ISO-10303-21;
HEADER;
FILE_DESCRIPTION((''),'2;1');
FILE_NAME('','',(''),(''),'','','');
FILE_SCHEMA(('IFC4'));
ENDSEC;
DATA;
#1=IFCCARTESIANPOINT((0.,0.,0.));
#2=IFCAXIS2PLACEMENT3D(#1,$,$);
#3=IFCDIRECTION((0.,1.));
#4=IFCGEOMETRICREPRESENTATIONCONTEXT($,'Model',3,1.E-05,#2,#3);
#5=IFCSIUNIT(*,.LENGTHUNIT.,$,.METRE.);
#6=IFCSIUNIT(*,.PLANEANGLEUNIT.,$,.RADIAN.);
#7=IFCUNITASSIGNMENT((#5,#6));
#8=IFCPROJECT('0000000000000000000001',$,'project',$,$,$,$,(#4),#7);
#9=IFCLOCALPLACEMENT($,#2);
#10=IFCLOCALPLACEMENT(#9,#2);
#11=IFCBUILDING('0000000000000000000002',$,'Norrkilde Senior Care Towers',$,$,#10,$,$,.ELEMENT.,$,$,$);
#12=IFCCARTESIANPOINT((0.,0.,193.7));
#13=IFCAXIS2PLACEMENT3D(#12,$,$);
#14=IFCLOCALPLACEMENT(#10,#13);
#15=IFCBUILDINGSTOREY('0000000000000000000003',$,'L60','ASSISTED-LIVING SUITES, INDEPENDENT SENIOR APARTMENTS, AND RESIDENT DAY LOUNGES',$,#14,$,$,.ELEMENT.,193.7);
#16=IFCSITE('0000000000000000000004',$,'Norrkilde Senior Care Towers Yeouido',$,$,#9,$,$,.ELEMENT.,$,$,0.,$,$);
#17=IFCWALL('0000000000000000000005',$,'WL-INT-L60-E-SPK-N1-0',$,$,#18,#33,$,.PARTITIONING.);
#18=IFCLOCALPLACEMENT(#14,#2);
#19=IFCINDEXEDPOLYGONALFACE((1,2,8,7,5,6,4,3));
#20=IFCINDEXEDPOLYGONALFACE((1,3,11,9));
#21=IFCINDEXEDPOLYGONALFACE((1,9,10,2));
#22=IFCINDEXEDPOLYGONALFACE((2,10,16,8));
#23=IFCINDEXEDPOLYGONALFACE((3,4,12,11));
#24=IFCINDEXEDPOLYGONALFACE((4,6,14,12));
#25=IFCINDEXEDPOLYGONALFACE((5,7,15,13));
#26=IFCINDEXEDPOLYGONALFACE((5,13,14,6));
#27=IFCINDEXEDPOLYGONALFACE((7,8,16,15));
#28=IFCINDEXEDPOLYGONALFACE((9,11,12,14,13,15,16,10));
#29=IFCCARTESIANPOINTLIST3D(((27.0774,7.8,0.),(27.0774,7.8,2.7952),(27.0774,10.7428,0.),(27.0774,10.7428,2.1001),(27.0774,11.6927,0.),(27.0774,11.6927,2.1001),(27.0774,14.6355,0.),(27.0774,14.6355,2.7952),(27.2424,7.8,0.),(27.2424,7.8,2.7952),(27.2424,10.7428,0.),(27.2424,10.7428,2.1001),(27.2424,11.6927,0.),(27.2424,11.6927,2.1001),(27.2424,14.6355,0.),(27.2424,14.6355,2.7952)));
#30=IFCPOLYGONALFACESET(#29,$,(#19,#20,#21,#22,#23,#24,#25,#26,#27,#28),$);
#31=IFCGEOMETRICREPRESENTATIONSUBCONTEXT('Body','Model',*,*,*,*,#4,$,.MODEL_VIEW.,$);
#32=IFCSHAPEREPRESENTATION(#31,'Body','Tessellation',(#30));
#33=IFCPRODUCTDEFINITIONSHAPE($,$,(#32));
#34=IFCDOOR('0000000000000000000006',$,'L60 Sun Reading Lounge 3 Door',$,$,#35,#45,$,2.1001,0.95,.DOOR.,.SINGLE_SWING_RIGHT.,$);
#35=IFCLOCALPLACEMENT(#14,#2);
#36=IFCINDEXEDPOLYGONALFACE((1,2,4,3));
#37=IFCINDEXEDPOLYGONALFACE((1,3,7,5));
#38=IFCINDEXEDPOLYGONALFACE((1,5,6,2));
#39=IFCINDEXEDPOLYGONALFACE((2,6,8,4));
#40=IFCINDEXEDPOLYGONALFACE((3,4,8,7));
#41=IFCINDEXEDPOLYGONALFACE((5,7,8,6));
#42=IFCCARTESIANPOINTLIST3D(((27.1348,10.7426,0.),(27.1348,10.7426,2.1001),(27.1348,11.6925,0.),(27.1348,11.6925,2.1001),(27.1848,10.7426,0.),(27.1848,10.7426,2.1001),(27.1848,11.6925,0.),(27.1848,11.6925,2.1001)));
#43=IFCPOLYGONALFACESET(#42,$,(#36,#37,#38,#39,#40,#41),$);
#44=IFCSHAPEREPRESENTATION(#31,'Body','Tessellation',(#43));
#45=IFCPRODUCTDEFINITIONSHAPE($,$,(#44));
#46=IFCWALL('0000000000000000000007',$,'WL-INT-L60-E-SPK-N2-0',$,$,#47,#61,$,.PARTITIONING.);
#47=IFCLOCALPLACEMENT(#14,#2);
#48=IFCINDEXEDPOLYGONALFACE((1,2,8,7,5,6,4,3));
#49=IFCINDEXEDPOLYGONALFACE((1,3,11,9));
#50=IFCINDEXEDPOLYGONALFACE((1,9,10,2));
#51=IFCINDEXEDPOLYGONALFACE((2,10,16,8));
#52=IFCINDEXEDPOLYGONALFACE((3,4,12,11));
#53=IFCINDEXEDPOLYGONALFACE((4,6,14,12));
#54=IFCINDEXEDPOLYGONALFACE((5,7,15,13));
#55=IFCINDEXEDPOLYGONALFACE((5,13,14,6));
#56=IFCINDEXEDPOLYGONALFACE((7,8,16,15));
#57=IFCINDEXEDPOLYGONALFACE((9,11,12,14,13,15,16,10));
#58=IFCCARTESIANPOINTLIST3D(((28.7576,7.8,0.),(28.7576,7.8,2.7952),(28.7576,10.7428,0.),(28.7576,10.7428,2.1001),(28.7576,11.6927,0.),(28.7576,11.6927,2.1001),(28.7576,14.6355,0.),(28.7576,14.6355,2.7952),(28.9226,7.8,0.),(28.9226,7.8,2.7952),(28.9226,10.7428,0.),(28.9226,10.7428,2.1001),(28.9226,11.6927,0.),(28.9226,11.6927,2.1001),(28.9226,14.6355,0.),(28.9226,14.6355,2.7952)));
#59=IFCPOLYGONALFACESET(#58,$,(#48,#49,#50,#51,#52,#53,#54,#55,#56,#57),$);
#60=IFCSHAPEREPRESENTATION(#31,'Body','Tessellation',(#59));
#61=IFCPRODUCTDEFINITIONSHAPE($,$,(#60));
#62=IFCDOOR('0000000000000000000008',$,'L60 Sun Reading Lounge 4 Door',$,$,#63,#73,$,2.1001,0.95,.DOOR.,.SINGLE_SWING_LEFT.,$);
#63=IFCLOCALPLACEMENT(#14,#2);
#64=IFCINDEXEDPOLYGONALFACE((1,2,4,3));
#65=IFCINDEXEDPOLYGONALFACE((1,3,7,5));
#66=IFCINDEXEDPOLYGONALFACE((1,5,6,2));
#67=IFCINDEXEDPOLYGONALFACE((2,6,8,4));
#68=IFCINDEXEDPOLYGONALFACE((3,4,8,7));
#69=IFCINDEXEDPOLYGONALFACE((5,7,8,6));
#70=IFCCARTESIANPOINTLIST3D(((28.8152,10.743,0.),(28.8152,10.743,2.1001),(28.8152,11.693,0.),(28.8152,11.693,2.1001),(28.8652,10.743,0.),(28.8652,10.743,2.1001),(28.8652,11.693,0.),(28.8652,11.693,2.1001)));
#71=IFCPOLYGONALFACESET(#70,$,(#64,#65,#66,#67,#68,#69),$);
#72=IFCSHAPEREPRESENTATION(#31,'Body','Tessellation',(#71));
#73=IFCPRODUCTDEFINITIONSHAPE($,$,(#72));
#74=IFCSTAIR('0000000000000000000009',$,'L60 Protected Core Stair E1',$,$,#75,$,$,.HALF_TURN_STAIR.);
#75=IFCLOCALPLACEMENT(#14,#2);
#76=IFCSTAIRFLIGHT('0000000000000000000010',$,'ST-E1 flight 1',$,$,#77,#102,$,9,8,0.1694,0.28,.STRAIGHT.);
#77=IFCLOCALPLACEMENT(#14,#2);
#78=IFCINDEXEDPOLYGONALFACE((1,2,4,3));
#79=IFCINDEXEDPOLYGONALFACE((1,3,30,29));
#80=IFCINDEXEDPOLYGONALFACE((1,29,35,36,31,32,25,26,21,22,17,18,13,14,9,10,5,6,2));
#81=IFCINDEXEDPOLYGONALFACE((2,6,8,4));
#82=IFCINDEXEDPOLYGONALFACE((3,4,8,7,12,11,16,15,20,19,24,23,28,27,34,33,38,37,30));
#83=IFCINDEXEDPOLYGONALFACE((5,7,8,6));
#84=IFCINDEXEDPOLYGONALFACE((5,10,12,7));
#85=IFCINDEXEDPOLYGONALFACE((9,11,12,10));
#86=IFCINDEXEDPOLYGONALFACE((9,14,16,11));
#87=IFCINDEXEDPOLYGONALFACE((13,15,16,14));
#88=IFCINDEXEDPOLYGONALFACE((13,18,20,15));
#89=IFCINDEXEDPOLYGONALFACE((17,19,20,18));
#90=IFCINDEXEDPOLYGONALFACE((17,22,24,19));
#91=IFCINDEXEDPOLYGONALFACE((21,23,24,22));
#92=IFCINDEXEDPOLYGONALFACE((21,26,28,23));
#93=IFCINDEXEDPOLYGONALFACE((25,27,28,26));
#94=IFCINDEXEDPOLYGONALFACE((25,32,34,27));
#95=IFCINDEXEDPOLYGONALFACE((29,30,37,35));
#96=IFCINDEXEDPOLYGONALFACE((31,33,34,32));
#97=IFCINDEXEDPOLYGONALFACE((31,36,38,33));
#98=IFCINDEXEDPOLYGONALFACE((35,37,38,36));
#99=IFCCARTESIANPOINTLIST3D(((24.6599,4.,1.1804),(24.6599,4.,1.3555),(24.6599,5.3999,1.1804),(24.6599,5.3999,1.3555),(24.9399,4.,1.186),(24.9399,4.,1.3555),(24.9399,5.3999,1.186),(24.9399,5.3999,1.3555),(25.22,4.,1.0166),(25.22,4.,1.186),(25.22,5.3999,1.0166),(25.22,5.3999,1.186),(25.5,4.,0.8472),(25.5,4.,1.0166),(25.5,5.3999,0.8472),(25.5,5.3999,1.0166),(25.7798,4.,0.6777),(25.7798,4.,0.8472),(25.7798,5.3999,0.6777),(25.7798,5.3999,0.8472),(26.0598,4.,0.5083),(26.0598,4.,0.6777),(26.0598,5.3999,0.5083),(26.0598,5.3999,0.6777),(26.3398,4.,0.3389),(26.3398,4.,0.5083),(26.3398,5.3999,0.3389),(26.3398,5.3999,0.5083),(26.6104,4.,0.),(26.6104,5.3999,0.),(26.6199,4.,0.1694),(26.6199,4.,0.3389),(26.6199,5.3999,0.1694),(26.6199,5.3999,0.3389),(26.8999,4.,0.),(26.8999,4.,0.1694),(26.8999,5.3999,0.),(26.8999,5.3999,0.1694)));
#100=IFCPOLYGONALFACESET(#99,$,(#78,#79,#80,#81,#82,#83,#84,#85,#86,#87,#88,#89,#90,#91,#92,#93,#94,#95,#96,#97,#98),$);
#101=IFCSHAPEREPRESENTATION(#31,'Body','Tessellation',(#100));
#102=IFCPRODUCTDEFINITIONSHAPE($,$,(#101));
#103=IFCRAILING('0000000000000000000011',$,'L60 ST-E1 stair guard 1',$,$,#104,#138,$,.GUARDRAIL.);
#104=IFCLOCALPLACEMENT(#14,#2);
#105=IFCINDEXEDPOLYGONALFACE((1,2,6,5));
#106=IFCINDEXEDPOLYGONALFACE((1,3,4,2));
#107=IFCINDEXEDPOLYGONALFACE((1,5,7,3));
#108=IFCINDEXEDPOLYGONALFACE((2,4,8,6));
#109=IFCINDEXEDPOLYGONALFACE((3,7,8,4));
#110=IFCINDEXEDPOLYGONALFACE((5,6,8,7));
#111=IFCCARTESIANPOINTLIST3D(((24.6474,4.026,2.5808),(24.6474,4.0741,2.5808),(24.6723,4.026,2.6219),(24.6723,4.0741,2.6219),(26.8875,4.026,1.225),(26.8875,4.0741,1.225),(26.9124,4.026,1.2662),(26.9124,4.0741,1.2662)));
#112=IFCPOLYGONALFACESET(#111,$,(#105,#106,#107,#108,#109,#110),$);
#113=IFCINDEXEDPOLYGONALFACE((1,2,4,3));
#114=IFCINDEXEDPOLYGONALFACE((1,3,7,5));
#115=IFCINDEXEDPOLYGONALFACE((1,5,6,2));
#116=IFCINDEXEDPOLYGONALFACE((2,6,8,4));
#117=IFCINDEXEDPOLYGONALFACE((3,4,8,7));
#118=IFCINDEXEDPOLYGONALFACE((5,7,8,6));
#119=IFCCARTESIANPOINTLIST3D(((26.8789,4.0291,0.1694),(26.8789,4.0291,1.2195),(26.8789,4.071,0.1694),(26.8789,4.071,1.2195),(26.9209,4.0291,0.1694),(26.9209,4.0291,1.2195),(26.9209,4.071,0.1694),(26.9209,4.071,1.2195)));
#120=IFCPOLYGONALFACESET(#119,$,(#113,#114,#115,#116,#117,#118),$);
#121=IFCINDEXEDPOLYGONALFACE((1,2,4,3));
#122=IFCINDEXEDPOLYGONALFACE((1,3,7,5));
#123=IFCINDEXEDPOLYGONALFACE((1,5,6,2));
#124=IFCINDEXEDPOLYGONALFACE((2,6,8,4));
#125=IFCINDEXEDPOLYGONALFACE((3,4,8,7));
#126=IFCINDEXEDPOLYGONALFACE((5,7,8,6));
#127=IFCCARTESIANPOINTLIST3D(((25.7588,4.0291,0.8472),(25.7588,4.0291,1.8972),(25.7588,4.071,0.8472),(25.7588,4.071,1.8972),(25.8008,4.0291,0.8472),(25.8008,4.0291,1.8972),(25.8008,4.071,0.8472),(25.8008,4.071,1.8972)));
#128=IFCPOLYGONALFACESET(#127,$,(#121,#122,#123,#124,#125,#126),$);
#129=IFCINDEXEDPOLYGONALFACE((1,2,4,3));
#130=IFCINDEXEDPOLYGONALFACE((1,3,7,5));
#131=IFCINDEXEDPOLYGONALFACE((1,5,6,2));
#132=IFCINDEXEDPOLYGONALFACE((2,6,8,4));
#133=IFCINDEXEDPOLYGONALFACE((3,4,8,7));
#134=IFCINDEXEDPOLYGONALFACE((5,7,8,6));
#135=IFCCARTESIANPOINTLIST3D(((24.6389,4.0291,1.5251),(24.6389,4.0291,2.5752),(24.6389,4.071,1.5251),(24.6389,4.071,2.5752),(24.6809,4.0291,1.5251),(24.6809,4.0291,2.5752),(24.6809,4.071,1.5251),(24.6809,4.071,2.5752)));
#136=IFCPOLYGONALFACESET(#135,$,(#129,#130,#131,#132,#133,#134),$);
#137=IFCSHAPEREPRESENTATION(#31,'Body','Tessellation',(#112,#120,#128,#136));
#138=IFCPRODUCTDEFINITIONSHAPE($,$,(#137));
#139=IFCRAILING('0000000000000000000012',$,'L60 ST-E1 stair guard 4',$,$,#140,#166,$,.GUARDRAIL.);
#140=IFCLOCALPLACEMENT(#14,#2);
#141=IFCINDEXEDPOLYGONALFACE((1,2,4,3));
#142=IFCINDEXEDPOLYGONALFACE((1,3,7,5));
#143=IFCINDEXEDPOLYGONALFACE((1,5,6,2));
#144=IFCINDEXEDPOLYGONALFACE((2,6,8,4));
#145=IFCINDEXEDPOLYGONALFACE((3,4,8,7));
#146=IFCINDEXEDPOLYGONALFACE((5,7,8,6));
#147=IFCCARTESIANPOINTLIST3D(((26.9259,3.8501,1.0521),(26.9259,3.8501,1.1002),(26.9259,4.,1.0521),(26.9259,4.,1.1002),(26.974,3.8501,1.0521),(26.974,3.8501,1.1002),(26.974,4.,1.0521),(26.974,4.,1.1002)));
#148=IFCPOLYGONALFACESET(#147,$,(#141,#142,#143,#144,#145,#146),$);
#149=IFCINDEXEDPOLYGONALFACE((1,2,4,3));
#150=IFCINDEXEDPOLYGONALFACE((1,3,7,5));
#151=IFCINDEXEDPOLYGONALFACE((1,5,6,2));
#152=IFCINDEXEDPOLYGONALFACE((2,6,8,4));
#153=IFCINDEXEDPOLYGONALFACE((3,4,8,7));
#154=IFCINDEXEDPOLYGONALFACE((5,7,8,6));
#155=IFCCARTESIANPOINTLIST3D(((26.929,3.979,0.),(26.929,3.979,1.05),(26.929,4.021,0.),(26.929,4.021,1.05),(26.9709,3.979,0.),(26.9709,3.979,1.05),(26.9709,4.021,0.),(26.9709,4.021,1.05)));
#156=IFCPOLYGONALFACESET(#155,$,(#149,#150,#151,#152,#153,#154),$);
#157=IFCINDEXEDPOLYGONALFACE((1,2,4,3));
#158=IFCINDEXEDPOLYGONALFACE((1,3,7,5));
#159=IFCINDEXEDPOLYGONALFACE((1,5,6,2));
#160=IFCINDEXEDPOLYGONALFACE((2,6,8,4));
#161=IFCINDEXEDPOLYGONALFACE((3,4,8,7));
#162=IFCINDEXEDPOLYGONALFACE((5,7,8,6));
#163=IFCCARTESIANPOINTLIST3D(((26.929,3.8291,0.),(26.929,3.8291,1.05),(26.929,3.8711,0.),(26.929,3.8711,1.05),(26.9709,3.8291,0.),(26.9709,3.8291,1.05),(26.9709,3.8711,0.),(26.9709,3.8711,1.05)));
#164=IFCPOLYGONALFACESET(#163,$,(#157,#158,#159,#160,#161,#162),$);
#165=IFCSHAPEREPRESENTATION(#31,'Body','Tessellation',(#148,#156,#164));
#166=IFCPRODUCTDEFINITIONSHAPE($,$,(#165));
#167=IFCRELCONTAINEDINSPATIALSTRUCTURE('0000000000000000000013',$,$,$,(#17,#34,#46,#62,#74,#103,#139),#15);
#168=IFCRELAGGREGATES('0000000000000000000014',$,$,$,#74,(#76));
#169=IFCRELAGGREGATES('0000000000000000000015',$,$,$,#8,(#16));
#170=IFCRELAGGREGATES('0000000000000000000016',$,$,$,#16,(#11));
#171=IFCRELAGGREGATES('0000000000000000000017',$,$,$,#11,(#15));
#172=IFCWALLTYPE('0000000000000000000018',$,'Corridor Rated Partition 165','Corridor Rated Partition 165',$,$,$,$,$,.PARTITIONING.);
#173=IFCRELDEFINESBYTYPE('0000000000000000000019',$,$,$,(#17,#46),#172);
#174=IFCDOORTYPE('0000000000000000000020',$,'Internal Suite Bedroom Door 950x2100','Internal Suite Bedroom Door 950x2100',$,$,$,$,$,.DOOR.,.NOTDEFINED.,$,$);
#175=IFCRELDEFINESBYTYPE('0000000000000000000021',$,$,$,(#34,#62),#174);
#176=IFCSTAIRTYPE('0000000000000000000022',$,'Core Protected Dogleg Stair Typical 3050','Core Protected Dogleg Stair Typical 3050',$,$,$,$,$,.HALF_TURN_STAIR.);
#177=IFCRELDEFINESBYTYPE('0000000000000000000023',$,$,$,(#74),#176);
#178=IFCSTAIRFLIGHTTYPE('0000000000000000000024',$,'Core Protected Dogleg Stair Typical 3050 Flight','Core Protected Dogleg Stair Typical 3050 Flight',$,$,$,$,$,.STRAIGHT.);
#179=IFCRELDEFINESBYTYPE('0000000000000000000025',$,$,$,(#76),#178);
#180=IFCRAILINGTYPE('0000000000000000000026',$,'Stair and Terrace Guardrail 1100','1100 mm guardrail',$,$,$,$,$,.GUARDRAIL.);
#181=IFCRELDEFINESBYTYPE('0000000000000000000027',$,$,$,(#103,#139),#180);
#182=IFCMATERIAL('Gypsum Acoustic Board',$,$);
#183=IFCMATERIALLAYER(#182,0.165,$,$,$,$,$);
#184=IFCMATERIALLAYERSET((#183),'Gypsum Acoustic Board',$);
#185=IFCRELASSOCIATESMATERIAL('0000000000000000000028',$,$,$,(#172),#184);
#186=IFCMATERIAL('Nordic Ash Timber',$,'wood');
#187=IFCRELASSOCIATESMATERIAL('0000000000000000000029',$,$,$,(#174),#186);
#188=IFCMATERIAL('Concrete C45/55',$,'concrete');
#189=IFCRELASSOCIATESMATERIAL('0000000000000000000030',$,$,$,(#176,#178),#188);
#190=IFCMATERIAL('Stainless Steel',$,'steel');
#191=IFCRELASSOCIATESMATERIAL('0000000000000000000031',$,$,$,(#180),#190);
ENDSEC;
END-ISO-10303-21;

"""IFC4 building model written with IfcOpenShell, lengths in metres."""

from ifc_helpers import new_model, si_unit, direction, frame, frame_2d, origin, origin_2d, place, context, subcontext, project, spatial, polyline, rectangle, outline, extrude, source, transform, mapped, material, layer, layer_set, type_object, type_shapes, element, fill, aggregate, save


model = new_model("IFC4")

# Units and contexts
model_context = context("Model", 3, precision=1e-05, world=origin(), true_north=direction((0.0, 1.0)))
body_context = subcontext(model_context, "Body", "Model", "MODEL_VIEW")
ifc_project = project(units=[si_unit("LENGTHUNIT", "METRE"), si_unit("PLANEANGLEUNIT", "RADIAN")], contexts=[model_context])

# Site, building, storey
site_placement = place(None, origin())
site = spatial("IfcSite", under=ifc_project, at=site_placement, Name="Norrkilde Senior Care Towers Yeouido", CompositionType="ELEMENT", RefElevation=0.0)
building_placement = place(site_placement, origin())
building = spatial("IfcBuilding", under=site, at=building_placement, Name="Norrkilde Senior Care Towers", CompositionType="ELEMENT")
storey_placement = place(building_placement, frame((0.0, 0.0, 193.7)))
storey = spatial("IfcBuildingStorey", under=building, at=storey_placement, Name="L60", Description="ASSISTED-LIVING SUITES, INDEPENDENT SENIOR APARTMENTS, AND RESIDENT DAY LOUNGES", CompositionType="ELEMENT", Elevation=193.7)

# Shared definitions
ifc_material_1 = material(Name="Concrete C45/55", Category="concrete")
ifc_material_2 = material(Name="Stainless Steel", Category="steel")

# Shared definitions
ifc_material_3 = material(Name="Gypsum Acoustic Board")

# Shared definitions
ifc_layer_1 = layer(ifc_material_3, 0.165)
ifc_layer_set_1 = layer_set([ifc_layer_1], Name="Gypsum Acoustic Board")
wall_type_1 = type_object("IfcWallType", Name="Corridor Rated Partition 165", Description="Corridor Rated Partition 165", PredefinedType="PARTITIONING", material=ifc_layer_set_1)
ifc_material_4 = material(Name="Nordic Ash Timber", Category="wood")

# Walls, openings, doors
shared_shape_1 = source(origin(), body_context, "Body", "SweptSolid", [
    extrude(rectangle(XDim=6.8354, YDim=0.165, at=frame_2d((3.4177, 0.0))), origin(), (0.0, 0.0, 1.0), 2.7952),
])
wall_1_placement = place(storey_placement, frame((27.1599, 7.8, 0.0), z_axis=(0.0, 0.0, 1.0), x_axis=(0.0, 1.0, 0.0)))
wall_1 = element("IfcWall", 1, at=wall_1_placement, inside=storey, type_object=wall_type_1, Name="WL-INT-L60-E-SPK-N1-0", PredefinedType="PARTITIONING", context=body_context, shape_type="MappedRepresentation", body=[
    mapped(shared_shape_1, transform((0.0, 0.0, 0.0), x_axis=(1.0, 0.0, 0.0), y_axis=(0.0, 1.0, 0.0), z_axis=(0.0, 0.0, 1.0), scale=1.0)),
])
opening_1_placement = place(wall_1_placement, frame((2.9426, 0.0, 0.0)))
opening_1 = element("IfcOpeningElement", 2, at=opening_1_placement, cuts=wall_1, PredefinedType="OPENING", context=body_context, shape_type="SweptSolid", body=[
    extrude(rectangle(XDim=0.95, YDim=2.1001, at=frame_2d((0.4751, 1.05))), frame((0.0, 0.0925, 0.0), z_axis=(0.0, -1.0, 0.0), x_axis=(1.0, 0.0, 0.0)), (0.0, 0.0, 1.0), 0.1851),
])
door_type_1 = type_object("IfcDoorType", Name="Internal Suite Bedroom Door 950x2100", Description="Internal Suite Bedroom Door 950x2100", OperationType="NOTDEFINED", PredefinedType="DOOR", material=ifc_material_4)
shared_shape_2 = source(origin(), body_context, "Body", "SweptSolid", [
    extrude(rectangle(XDim=0.95, YDim=2.1001, at=frame_2d((0.4751, 1.05))), frame((0.0, 0.0249, 0.0), z_axis=(0.0, -1.0, 0.0), x_axis=(1.0, 0.0, 0.0)), (0.0, 0.0, 1.0), 0.05),
])
type_shapes(door_type_1, [shared_shape_2])
door_1_placement = place(opening_1_placement, frame((0.95, 0.0, 0.0), z_axis=(0.0, 0.0, 1.0), x_axis=(-1.0, 0.0, 0.0)))
door_1 = element("IfcDoor", 3, at=door_1_placement, inside=storey, type_object=door_type_1, Name="L60 Sun Reading Lounge 3 Door", OperationType="SINGLE_SWING_RIGHT", OverallHeight=2.1001, OverallWidth=0.95, PredefinedType="DOOR", context=body_context, shape_type="MappedRepresentation", body=[
    mapped(shared_shape_2, transform((0.0, 0.0, 0.0), x_axis=(1.0, 0.0, 0.0), y_axis=(0.0, 1.0, 0.0), z_axis=(0.0, 0.0, 1.0), scale=1.0)),
])
fill(opening_1, door_1)
wall_2_placement = place(storey_placement, frame((28.8401, 14.6355, 0.0), z_axis=(0.0, 0.0, 1.0), x_axis=(0.0, -1.0, 0.0)))
wall_2 = element("IfcWall", 4, at=wall_2_placement, inside=storey, type_object=wall_type_1, Name="WL-INT-L60-E-SPK-N2-0", PredefinedType="PARTITIONING", context=body_context, shape_type="MappedRepresentation", body=[
    mapped(shared_shape_1, transform((0.0, 0.0, 0.0), x_axis=(1.0, 0.0, 0.0), y_axis=(0.0, 1.0, 0.0), z_axis=(0.0, 0.0, 1.0), scale=1.0)),
])
opening_2_placement = place(wall_2_placement, frame((2.9426, 0.0, 0.0)))
opening_2 = element("IfcOpeningElement", 5, at=opening_2_placement, cuts=wall_2, PredefinedType="OPENING", context=body_context, shape_type="SweptSolid", body=[
    extrude(rectangle(XDim=0.95, YDim=2.1001, at=frame_2d((0.4751, 1.05))), frame((0.0, 0.0925, 0.0), z_axis=(0.0, -1.0, 0.0), x_axis=(1.0, 0.0, 0.0)), (0.0, 0.0, 1.0), 0.1851),
])
door_2_placement = place(opening_2_placement, frame((0.95, 0.0, 0.0), z_axis=(0.0, 0.0, 1.0), x_axis=(-1.0, 0.0, 0.0)))
door_2 = element("IfcDoor", 6, at=door_2_placement, inside=storey, type_object=door_type_1, Name="L60 Sun Reading Lounge 4 Door", OperationType="SINGLE_SWING_LEFT", OverallHeight=2.1001, OverallWidth=0.95, PredefinedType="DOOR", context=body_context, shape_type="MappedRepresentation", body=[
    mapped(shared_shape_2, transform((0.0, 0.0, 0.0), x_axis=(1.0, 0.0, 0.0), y_axis=(0.0, 1.0, 0.0), z_axis=(0.0, 0.0, 1.0), scale=1.0)),
])
fill(opening_2, door_2)

# Stair, stair flight
stair_type = type_object("IfcStairType", Name="Core Protected Dogleg Stair Typical 3050", Description="Core Protected Dogleg Stair Typical 3050", PredefinedType="HALF_TURN_STAIR", material=ifc_material_1)
stair_placement = place(storey_placement, origin())
stair = element("IfcStair", 7, at=stair_placement, inside=storey, type_object=stair_type, Name="L60 Protected Core Stair E1", PredefinedType="HALF_TURN_STAIR")
stair_flight_type = type_object("IfcStairFlightType", Name="Core Protected Dogleg Stair Typical 3050 Flight", Description="Core Protected Dogleg Stair Typical 3050 Flight", PredefinedType="STRAIGHT", material=ifc_material_1)
stair_flight_placement = place(storey_placement, frame((26.8999, 4.7, 0.0), z_axis=(0.0, 0.0, 1.0), x_axis=(-1.0, 0.0, 0.0)))
stair_flight = element("IfcStairFlight", 8, at=stair_flight_placement, type_object=stair_flight_type, Name="ST-E1 flight 1", NumberOfRisers=9, NumberOfTreads=8, PredefinedType="STRAIGHT", RiserHeight=0.1694, TreadLength=0.28, context=body_context, shape_type="SweptSolid", body=[
    extrude(outline(polyline([(0.0, 0.0), (0.0, 0.1694), (0.28, 0.1694), (0.28, 0.3389), (0.5601, 0.3389), (0.5601, 0.5083), (0.8401, 0.5083), (0.8401, 0.6777), (1.1201, 0.6777), (1.1201, 0.8472), (1.3999, 0.8472), (1.3999, 1.0166), (1.6799, 1.0166), (1.6799, 1.186), (1.96, 1.186), (1.96, 1.3555), (2.24, 1.3555), (2.24, 1.5249), (2.24, 1.1804), (0.2896, 0.0), (0.0, 0.0)])), frame((0.0, 0.7, 0.0), z_axis=(0.0, -1.0, 0.0), x_axis=(1.0, 0.0, 0.0)), (0.0, 0.0, 1.0), 1.3999),
])
aggregate(stair, [stair_flight])

# Railings
railing_type_1 = type_object("IfcRailingType", Name="Stair and Terrace Guardrail 1100", Description="1100 mm guardrail", PredefinedType="GUARDRAIL", material=ifc_material_2)
railing_1_placement = place(storey_placement, frame((26.8999, 4.05, 0.1694)))
element("IfcRailing", 9, at=railing_1_placement, inside=storey, type_object=railing_type_1, Name="L60 ST-E1 stair guard 1", PredefinedType="GUARDRAIL", context=body_context, shape_type="SweptSolid", body=[
    extrude(rectangle(XDim=0.0481, YDim=0.0481, at=origin_2d()), frame((0.0, 0.0, 1.0762), z_axis=(-0.855512, 0.0, 0.517783), x_axis=(0.0, -1.0, 0.0)), (0.0, 0.0, 1.0), 2.6184),
    extrude(rectangle(XDim=0.042, YDim=0.042, at=origin_2d()), origin(), (0.0, 0.0, 1.0), 1.05),
    extrude(rectangle(XDim=0.042, YDim=0.042, at=origin_2d()), frame((-1.1201, 0.0, 0.6777)), (0.0, 0.0, 1.0), 1.05),
    extrude(rectangle(XDim=0.042, YDim=0.042, at=origin_2d()), frame((-2.24, 0.0, 1.3557)), (0.0, 0.0, 1.0), 1.05),
])
railing_2_placement = place(storey_placement, frame((26.95, 4.0, 0.0)))
element("IfcRailing", 10, at=railing_2_placement, inside=storey, type_object=railing_type_1, Name="L60 ST-E1 stair guard 4", PredefinedType="GUARDRAIL", context=body_context, shape_type="SweptSolid", body=[
    extrude(rectangle(XDim=0.0481, YDim=0.0481, at=origin_2d()), frame((0.0, 0.0, 1.0762), z_axis=(0.0, -1.0, 0.0), x_axis=(1.0, 0.0, 0.0)), (0.0, 0.0, 1.0), 0.1499),
    extrude(rectangle(XDim=0.042, YDim=0.042, at=origin_2d()), origin(), (0.0, 0.0, 1.0), 1.05),
    extrude(rectangle(XDim=0.042, YDim=0.042, at=origin_2d()), frame((0.0, -0.1499, 0.0)), (0.0, 0.0, 1.0), 1.05),
])

save(model, "model.ifc")
